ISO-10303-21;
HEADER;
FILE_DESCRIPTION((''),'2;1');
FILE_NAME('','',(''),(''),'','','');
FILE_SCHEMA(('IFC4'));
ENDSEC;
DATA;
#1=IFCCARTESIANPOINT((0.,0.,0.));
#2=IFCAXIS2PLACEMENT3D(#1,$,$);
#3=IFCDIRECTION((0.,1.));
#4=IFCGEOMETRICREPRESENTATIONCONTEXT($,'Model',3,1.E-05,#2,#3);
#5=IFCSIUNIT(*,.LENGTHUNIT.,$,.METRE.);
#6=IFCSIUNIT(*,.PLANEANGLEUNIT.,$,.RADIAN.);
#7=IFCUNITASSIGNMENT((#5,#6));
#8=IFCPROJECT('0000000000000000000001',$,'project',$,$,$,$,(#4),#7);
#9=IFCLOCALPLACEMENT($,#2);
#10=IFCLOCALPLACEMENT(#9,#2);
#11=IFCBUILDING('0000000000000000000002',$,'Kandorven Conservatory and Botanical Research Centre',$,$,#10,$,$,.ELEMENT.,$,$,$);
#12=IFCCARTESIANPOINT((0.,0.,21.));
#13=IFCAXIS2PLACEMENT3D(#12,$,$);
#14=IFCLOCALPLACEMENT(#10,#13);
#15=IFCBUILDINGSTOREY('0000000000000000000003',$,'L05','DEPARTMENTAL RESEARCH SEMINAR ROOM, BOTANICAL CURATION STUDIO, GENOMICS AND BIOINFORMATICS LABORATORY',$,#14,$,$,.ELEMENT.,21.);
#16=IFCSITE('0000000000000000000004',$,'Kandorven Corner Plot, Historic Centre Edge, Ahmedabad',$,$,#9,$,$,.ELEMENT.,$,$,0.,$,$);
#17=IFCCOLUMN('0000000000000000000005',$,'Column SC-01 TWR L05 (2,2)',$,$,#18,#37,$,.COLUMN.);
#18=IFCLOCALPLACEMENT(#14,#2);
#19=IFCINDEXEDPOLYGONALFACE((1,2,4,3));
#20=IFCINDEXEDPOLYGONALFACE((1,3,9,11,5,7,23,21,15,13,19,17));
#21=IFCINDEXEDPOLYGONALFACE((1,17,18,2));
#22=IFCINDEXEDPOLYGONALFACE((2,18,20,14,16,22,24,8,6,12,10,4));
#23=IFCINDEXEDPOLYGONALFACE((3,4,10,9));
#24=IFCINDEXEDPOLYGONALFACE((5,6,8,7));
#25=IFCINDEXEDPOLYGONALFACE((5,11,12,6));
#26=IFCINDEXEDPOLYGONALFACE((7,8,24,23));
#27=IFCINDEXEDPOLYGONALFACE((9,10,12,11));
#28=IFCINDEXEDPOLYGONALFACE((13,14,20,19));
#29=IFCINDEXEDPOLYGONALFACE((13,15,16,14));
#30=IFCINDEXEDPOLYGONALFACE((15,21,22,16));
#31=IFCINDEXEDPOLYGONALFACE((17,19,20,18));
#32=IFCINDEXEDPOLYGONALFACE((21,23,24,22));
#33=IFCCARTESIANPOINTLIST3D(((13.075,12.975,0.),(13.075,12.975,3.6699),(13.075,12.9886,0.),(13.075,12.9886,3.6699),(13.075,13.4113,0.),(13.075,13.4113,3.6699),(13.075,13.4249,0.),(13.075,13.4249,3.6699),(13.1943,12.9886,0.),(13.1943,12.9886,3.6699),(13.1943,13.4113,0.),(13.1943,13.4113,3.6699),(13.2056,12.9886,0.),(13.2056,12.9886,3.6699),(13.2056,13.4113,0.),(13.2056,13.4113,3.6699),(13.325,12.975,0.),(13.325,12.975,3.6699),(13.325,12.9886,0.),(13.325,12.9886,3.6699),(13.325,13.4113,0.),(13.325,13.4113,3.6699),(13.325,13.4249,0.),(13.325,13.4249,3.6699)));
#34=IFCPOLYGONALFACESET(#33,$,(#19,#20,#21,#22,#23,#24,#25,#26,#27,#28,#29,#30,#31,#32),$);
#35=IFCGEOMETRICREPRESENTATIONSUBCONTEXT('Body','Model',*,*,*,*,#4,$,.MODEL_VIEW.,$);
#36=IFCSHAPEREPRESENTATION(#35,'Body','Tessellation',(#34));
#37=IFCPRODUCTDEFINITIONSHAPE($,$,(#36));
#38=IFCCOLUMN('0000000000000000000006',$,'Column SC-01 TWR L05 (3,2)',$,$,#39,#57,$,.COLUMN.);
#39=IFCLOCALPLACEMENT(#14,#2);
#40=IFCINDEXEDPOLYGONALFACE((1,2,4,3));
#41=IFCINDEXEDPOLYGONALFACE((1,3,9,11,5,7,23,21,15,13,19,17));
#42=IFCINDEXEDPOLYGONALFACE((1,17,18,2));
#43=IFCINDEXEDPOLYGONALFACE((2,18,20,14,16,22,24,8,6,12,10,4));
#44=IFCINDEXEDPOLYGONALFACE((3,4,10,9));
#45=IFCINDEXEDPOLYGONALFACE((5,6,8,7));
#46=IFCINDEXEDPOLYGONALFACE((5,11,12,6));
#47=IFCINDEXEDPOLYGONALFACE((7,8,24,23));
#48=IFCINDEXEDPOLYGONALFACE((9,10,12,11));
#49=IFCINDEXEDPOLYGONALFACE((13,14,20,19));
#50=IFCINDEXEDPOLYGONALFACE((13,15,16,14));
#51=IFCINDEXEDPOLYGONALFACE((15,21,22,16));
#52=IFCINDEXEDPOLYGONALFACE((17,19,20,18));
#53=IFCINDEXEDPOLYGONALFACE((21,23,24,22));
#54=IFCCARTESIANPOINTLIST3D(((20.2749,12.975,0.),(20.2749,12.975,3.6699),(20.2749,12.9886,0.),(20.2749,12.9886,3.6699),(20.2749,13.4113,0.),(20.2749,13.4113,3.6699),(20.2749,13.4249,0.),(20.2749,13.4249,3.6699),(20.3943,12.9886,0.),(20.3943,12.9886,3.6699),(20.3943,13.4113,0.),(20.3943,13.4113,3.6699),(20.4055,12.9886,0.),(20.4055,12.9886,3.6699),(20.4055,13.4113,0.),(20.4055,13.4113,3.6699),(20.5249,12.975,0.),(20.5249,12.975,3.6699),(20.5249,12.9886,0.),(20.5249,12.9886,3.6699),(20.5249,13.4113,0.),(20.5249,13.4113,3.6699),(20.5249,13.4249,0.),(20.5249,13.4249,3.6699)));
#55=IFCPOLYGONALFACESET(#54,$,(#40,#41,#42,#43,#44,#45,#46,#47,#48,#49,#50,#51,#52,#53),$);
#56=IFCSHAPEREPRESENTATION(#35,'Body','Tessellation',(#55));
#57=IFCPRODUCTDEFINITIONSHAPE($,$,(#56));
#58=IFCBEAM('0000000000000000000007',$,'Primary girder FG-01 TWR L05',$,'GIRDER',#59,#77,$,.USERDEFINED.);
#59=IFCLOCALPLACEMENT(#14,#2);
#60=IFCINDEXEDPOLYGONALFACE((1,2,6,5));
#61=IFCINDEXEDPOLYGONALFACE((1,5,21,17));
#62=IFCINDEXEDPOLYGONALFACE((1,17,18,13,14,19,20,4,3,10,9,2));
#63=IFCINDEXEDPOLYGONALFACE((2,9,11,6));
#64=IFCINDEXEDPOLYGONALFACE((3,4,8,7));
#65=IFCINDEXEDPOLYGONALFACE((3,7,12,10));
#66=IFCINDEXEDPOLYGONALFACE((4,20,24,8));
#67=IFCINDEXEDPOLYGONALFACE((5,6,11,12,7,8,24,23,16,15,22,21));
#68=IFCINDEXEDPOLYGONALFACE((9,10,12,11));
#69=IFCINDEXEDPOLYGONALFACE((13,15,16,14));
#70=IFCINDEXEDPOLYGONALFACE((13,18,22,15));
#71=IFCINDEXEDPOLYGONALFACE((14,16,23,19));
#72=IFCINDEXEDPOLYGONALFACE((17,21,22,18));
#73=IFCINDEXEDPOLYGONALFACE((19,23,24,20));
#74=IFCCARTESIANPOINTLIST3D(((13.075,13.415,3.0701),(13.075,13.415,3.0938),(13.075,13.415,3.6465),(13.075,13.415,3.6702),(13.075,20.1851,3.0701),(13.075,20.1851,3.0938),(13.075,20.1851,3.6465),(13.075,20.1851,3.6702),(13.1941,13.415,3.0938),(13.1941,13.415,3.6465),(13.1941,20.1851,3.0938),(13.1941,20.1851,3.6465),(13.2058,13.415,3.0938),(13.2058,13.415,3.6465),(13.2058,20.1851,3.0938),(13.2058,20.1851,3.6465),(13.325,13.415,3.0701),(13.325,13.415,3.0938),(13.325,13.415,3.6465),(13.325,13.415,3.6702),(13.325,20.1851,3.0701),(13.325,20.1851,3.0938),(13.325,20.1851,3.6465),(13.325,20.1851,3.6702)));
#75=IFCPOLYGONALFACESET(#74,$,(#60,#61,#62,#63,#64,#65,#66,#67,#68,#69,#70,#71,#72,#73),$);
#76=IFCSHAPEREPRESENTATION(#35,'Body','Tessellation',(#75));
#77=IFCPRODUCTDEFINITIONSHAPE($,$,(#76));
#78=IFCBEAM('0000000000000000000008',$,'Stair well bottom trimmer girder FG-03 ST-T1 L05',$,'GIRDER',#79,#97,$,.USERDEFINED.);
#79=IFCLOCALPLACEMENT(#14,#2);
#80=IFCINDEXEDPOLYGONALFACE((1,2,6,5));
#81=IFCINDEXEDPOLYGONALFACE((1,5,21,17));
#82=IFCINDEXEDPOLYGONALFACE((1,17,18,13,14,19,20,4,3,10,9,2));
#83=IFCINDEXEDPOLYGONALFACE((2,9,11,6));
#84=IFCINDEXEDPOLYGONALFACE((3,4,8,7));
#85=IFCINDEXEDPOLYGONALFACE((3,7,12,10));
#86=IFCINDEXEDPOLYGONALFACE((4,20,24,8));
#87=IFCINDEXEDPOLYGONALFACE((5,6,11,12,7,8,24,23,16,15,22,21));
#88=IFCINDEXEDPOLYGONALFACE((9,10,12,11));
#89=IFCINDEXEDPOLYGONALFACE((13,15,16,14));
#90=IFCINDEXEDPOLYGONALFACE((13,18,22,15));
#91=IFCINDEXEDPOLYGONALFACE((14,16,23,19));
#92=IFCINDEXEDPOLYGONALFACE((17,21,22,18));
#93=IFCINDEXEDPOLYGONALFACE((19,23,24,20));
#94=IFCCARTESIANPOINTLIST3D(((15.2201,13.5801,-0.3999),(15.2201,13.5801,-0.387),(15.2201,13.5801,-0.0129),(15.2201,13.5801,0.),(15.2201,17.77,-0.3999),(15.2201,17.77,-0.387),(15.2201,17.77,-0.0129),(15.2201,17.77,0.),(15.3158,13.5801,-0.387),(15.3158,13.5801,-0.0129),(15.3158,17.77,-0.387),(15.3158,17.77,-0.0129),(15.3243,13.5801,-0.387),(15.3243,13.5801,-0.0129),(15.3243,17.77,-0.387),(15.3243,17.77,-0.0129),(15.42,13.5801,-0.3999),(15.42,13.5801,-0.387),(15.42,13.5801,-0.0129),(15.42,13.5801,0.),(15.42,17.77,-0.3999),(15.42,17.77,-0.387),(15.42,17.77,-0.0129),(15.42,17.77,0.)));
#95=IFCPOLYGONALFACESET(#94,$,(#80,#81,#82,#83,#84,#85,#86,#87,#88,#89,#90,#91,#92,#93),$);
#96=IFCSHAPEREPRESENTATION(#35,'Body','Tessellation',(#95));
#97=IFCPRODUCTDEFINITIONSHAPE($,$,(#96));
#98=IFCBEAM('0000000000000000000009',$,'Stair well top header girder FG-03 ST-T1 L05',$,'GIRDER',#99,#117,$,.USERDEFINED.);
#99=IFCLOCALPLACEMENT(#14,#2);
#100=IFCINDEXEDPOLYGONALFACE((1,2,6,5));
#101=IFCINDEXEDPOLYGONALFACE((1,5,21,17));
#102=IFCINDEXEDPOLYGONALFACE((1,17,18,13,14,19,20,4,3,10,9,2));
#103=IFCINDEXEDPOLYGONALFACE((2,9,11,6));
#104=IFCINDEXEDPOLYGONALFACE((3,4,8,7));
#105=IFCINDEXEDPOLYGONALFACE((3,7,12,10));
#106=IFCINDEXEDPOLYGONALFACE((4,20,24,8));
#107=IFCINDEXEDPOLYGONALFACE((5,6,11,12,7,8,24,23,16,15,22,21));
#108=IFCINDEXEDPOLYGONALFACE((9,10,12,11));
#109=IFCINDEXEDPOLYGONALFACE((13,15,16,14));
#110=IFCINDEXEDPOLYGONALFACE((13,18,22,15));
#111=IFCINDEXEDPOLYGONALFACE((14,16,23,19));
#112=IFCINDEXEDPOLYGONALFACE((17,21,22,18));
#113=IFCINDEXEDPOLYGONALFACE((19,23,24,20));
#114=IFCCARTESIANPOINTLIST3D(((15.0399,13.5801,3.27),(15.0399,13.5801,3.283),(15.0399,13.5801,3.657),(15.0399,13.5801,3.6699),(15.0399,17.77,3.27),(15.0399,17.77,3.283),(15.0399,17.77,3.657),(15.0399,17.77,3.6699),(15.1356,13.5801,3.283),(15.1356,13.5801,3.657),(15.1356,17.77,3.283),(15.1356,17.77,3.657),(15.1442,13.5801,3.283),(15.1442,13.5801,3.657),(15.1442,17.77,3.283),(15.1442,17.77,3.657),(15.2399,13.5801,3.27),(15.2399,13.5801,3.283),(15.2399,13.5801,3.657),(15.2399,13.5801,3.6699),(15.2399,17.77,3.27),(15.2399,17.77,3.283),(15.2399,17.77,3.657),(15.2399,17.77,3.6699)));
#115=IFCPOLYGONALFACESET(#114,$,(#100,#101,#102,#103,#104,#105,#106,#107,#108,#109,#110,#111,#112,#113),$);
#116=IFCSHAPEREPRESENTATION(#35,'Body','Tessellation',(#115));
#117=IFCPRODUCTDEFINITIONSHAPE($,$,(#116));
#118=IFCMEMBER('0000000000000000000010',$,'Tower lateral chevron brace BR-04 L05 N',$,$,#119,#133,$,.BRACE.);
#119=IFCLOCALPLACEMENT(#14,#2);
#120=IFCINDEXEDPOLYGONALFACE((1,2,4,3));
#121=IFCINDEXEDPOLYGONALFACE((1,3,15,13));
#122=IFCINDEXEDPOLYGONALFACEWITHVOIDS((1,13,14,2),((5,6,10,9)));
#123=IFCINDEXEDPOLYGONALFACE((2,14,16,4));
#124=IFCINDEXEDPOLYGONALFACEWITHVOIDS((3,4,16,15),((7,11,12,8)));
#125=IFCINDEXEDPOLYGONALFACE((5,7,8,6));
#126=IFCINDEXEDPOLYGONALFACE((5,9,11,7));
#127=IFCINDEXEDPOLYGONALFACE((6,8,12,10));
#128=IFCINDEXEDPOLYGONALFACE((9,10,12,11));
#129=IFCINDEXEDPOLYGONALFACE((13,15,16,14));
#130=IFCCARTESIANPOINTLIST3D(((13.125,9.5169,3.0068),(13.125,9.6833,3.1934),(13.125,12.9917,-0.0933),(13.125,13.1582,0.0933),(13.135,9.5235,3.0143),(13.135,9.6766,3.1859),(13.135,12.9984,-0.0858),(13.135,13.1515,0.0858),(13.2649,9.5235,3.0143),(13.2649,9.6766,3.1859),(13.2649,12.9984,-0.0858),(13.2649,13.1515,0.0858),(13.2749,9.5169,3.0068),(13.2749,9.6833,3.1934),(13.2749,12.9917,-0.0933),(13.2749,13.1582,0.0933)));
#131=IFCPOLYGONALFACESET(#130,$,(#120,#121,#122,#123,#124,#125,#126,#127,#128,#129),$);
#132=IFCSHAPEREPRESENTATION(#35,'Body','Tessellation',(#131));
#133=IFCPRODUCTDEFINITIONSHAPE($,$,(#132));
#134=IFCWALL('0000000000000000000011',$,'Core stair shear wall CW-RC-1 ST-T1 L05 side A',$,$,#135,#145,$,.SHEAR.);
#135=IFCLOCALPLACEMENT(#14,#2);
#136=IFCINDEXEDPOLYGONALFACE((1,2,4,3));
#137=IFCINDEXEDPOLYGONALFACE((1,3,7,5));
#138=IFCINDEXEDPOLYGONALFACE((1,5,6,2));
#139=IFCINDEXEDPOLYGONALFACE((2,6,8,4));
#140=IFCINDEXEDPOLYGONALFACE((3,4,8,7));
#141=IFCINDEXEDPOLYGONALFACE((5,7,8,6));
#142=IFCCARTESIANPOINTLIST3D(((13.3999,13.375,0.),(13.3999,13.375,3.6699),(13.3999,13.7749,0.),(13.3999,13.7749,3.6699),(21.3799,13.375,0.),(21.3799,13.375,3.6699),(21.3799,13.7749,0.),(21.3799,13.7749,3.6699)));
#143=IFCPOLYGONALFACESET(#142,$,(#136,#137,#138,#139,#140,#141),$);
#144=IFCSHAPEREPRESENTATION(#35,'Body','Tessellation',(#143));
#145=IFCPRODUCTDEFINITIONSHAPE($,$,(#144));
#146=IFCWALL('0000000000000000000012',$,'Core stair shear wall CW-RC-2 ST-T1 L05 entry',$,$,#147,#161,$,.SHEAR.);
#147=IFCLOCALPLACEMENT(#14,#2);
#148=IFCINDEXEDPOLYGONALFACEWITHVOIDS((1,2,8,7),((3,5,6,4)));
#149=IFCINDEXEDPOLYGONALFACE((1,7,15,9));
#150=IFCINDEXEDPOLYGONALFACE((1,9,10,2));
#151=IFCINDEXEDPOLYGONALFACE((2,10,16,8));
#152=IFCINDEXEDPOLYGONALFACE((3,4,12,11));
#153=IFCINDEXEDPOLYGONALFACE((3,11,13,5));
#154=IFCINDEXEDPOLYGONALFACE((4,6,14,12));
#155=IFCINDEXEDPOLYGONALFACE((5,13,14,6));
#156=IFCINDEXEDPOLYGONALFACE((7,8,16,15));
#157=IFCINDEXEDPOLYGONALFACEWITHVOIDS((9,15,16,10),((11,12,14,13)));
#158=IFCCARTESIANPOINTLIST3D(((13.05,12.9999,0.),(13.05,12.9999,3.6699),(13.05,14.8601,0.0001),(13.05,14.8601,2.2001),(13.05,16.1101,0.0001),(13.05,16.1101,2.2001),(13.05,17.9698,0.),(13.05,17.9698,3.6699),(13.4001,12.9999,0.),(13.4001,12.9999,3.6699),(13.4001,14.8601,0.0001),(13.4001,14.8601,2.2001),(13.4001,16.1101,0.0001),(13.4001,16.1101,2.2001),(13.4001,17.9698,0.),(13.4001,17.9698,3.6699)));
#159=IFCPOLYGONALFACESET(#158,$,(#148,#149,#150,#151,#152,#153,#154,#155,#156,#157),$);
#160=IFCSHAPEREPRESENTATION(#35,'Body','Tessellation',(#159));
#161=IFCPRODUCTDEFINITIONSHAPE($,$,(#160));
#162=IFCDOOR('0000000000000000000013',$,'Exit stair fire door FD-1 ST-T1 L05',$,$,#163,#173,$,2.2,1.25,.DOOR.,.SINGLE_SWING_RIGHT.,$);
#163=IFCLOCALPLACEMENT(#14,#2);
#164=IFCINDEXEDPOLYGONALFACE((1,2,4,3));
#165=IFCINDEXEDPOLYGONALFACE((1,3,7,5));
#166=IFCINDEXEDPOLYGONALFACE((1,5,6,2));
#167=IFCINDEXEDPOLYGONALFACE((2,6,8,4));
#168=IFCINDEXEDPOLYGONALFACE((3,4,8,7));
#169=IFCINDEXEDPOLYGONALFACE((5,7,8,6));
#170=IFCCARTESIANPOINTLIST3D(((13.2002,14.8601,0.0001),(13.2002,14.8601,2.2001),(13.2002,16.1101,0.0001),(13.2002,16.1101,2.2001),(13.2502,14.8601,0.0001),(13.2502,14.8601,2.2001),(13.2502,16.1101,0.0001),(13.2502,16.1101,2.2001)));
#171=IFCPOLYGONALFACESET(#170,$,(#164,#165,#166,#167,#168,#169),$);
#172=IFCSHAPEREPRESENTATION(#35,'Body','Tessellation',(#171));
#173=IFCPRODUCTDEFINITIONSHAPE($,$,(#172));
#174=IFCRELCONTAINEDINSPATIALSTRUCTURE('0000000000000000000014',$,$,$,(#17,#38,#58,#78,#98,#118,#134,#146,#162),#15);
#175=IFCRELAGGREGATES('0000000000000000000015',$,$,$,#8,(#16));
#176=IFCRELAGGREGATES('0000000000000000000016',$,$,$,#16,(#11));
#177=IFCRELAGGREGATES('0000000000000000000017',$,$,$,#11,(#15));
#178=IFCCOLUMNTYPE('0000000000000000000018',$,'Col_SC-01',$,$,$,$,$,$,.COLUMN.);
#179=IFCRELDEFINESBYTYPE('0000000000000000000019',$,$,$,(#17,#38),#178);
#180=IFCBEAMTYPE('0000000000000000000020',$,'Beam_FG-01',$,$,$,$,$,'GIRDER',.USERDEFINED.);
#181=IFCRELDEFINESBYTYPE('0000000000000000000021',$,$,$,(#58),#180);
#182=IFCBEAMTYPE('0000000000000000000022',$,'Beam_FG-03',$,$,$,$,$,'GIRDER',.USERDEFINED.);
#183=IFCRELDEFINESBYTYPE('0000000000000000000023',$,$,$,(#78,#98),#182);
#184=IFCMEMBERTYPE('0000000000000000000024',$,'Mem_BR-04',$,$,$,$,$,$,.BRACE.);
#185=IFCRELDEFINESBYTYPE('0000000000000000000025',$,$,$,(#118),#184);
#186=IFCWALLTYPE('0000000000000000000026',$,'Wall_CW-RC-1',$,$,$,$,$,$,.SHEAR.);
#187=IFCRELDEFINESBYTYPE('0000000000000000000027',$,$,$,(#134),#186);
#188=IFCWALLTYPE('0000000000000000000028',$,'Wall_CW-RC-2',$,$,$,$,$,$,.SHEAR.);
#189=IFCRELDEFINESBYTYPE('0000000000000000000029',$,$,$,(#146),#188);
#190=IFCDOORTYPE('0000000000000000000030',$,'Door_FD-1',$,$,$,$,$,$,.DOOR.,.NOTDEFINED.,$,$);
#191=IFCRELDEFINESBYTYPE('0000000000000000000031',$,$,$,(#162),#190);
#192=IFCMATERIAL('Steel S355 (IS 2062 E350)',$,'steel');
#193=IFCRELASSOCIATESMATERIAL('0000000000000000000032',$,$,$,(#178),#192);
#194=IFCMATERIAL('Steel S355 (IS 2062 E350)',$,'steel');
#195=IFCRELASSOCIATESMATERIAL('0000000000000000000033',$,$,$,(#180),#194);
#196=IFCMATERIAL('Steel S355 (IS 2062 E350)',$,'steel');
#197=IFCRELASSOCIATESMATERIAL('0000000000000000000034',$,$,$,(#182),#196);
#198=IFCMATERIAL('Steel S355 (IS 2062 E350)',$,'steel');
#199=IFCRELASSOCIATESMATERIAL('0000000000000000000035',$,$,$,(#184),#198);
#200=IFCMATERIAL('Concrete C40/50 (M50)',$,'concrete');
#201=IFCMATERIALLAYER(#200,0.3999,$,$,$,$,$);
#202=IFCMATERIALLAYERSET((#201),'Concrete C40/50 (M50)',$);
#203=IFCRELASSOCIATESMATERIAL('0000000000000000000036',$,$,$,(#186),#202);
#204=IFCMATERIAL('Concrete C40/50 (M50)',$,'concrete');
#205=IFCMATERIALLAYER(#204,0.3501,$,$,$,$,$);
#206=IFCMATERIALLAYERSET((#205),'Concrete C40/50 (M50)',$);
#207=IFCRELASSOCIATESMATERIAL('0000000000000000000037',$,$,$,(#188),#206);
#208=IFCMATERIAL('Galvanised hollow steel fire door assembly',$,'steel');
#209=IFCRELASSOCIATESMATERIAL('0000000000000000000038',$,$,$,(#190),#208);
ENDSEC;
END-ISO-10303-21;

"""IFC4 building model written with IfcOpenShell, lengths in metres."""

from ifc_helpers import new_model, si_unit, direction, frame, frame_2d, origin, origin_2d, place, context, subcontext, project, spatial, rectangle, hollow_rectangle, i_section, extrude, material, layer, layer_set, material_profile, profile_set, type_object, element, fill, save


model = new_model("IFC4")

# Units and contexts
model_context = context("Model", 3, precision=1e-05, world=origin(), true_north=direction((0.0, 1.0)))
body_context = subcontext(model_context, "Body", "Model", "MODEL_VIEW")
ifc_project = project(units=[si_unit("LENGTHUNIT", "METRE"), si_unit("PLANEANGLEUNIT", "RADIAN")], contexts=[model_context])

# Site, building, storey
site_placement = place(None, origin())
site = spatial("IfcSite", under=ifc_project, at=site_placement, Name="Kandorven Corner Plot, Historic Centre Edge, Ahmedabad", CompositionType="ELEMENT", RefElevation=0.0)
building_placement = place(site_placement, origin())
building = spatial("IfcBuilding", under=site, at=building_placement, Name="Kandorven Conservatory and Botanical Research Centre", CompositionType="ELEMENT")
storey_placement = place(building_placement, frame((0.0, 0.0, 21.0)))
storey = spatial("IfcBuildingStorey", under=building, at=storey_placement, Name="L05", Description="DEPARTMENTAL RESEARCH SEMINAR ROOM, BOTANICAL CURATION STUDIO, GENOMICS AND BIOINFORMATICS LABORATORY", CompositionType="ELEMENT", Elevation=21.0)

# Columns
ifc_material_1 = material(Name="Steel S355 (IS 2062 E350)", Category="steel")
ifc_material_profile_1 = material_profile(ifc_material_1, i_section(OverallWidth=0.25, OverallDepth=0.45, WebThickness=0.0112, FlangeThickness=0.0137, at=origin_2d()))
ifc_profile_set_1 = profile_set([ifc_material_profile_1], Name="Steel S355 (IS 2062 E350)")
column_type = type_object("IfcColumnType", Name="Col_SC-01", PredefinedType="COLUMN", material=ifc_profile_set_1)
for number, where, z_axis, x_axis, name in (
    (1, (13.2, 13.2, 0.0), (0.0, 0.0, 1.0), (1.0, 0.0, 0.0), "Column SC-01 TWR L05 (2,2)"),
    (2, (20.3999, 13.2, 0.0), (0.0, 0.0, 1.0), (1.0, 0.0, 0.0), "Column SC-01 TWR L05 (3,2)"),
):
    element("IfcColumn", number, at=place(storey_placement, frame(where, z_axis=z_axis, x_axis=x_axis)), inside=storey, type_object=column_type, Name=name, PredefinedType="COLUMN", context=body_context, shape_type="SweptSolid", body=[
        extrude(i_section(OverallWidth=0.25, OverallDepth=0.45, WebThickness=0.0112, FlangeThickness=0.0137, at=origin_2d()), origin(), (0.0, 0.0, 1.0), 3.6699),
    ])

# Beams
ifc_material_2 = material(Name="Steel S355 (IS 2062 E350)", Category="steel")
ifc_material_profile_2 = material_profile(ifc_material_2, i_section(OverallWidth=0.25, OverallDepth=0.6001, WebThickness=0.0117, FlangeThickness=0.0237, at=origin_2d()))
ifc_profile_set_2 = profile_set([ifc_material_profile_2], Name="Steel S355 (IS 2062 E350)")
beam_type_1 = type_object("IfcBeamType", Name="Beam_FG-01", ElementType="GIRDER", PredefinedType="USERDEFINED", material=ifc_profile_set_2)
beam_placement = place(storey_placement, frame((13.2, 13.415, 3.3701), z_axis=(0.0, 1.0, 0.0), x_axis=(-1.0, 0.0, 0.0)))
element("IfcBeam", 3, at=beam_placement, inside=storey, type_object=beam_type_1, Name="Primary girder FG-01 TWR L05", ObjectType="GIRDER", PredefinedType="USERDEFINED", context=body_context, shape_type="SweptSolid", body=[
    extrude(i_section(OverallWidth=0.25, OverallDepth=0.6001, WebThickness=0.0117, FlangeThickness=0.0237, at=origin_2d()), origin(), (0.0, 0.0, 1.0), 6.77),
])
ifc_material_3 = material(Name="Steel S355 (IS 2062 E350)", Category="steel")
ifc_material_profile_3 = material_profile(ifc_material_3, i_section(OverallWidth=0.2, OverallDepth=0.3999, WebThickness=0.0085, FlangeThickness=0.0129, at=origin_2d()))
ifc_profile_set_3 = profile_set([ifc_material_profile_3], Name="Steel S355 (IS 2062 E350)")
beam_type_2 = type_object("IfcBeamType", Name="Beam_FG-03", ElementType="GIRDER", PredefinedType="USERDEFINED", material=ifc_profile_set_3)
for number, where, z_axis, x_axis, name in (
    (4, (15.3201, 13.5801, -0.2), (0.0, 1.0, 0.0), (-1.0, 0.0, 0.0), "Stair well bottom trimmer girder FG-03 ST-T1 L05"),
    (5, (15.1399, 13.5801, 3.47), (0.0, 1.0, 0.0), (-1.0, 0.0, 0.0), "Stair well top header girder FG-03 ST-T1 L05"),
):
    element("IfcBeam", number, at=place(storey_placement, frame(where, z_axis=z_axis, x_axis=x_axis)), inside=storey, type_object=beam_type_2, Name=name, ObjectType="GIRDER", PredefinedType="USERDEFINED", context=body_context, shape_type="SweptSolid", body=[
        extrude(i_section(OverallWidth=0.2, OverallDepth=0.3999, WebThickness=0.0085, FlangeThickness=0.0129, at=origin_2d()), origin(), (0.0, 0.0, 1.0), 4.1899),
    ])

# Member
ifc_material_4 = material(Name="Steel S355 (IS 2062 E350)", Category="steel")
ifc_material_profile_4 = material_profile(ifc_material_4, hollow_rectangle(XDim=0.1499, YDim=0.25, WallThickness=0.01, at=origin_2d()))
ifc_profile_set_4 = profile_set([ifc_material_profile_4], Name="Steel S355 (IS 2062 E350)")
member_type = type_object("IfcMemberType", Name="Mem_BR-04", PredefinedType="BRACE", material=ifc_profile_set_4)
member_placement = place(storey_placement, frame((13.2, 13.075, 0.0), z_axis=(0.0, -0.746199, 0.665723), x_axis=(1.0, 0.0, 0.0)))
element("IfcMember", 6, at=member_placement, inside=storey, type_object=member_type, Name="Tower lateral chevron brace BR-04 L05 N", PredefinedType="BRACE", context=body_context, shape_type="SweptSolid", body=[
    extrude(hollow_rectangle(XDim=0.1499, YDim=0.25, WallThickness=0.01, at=origin_2d()), origin(), (0.0, 0.0, 1.0), 4.6567),
])

# Wall
ifc_material_5 = material(Name="Concrete C40/50 (M50)", Category="concrete")
ifc_layer_1 = layer(ifc_material_5, 0.3999)
ifc_layer_set_1 = layer_set([ifc_layer_1], Name="Concrete C40/50 (M50)")
wall_type_1 = type_object("IfcWallType", Name="Wall_CW-RC-1", PredefinedType="SHEAR", material=ifc_layer_set_1)
wall_1_placement = place(storey_placement, frame((13.3999, 13.575, 0.0), z_axis=(0.0, 0.0, 1.0), x_axis=(1.0, 0.0, 0.0)))
element("IfcWall", 7, at=wall_1_placement, inside=storey, type_object=wall_type_1, Name="Core stair shear wall CW-RC-1 ST-T1 L05 side A", PredefinedType="SHEAR", context=body_context, shape_type="SweptSolid", body=[
    extrude(rectangle(XDim=7.98, YDim=0.3999, at=frame_2d((3.99, 0.0))), origin(), (0.0, 0.0, 1.0), 3.6699),
])

# Wall, opening, door
ifc_material_6 = material(Name="Concrete C40/50 (M50)", Category="concrete")
ifc_layer_2 = layer(ifc_material_6, 0.3501)
ifc_layer_set_2 = layer_set([ifc_layer_2], Name="Concrete C40/50 (M50)")
wall_type_2 = type_object("IfcWallType", Name="Wall_CW-RC-2", PredefinedType="SHEAR", material=ifc_layer_set_2)
wall_2_placement = place(storey_placement, frame((13.2251, 13.0, 0.0), z_axis=(0.0, 0.0, 1.0), x_axis=(0.0, 1.0, 0.0)))
wall_2 = element("IfcWall", 8, at=wall_2_placement, inside=storey, type_object=wall_type_2, Name="Core stair shear wall CW-RC-2 ST-T1 L05 entry", PredefinedType="SHEAR", context=body_context, shape_type="SweptSolid", body=[
    extrude(rectangle(XDim=4.97, YDim=0.3501, at=frame_2d((2.4849, 0.0))), origin(), (0.0, 0.0, 1.0), 3.6699),
])
opening_placement = place(wall_2_placement, frame((1.8601, 0.0, 0.0)))
opening = element("IfcOpeningElement", 9, at=opening_placement, cuts=wall_2, PredefinedType="OPENING", context=body_context, shape_type="SweptSolid", body=[
    extrude(rectangle(XDim=1.25, YDim=2.2, at=frame_2d((0.625, 1.1001))), frame((0.0, 0.1851, 0.0), z_axis=(0.0, -1.0, 0.0), x_axis=(1.0, 0.0, 0.0)), (0.0, 0.0, 1.0), 0.3701),
])
ifc_material_7 = material(Name="Galvanised hollow steel fire door assembly", Category="steel")
door_type = type_object("IfcDoorType", Name="Door_FD-1", OperationType="NOTDEFINED", PredefinedType="DOOR", material=ifc_material_7)
door_placement = place(opening_placement, origin())
door = element("IfcDoor", 10, at=door_placement, inside=storey, type_object=door_type, Name="Exit stair fire door FD-1 ST-T1 L05", OperationType="SINGLE_SWING_RIGHT", OverallHeight=2.2, OverallWidth=1.25, PredefinedType="DOOR", context=body_context, shape_type="SweptSolid", body=[
    extrude(rectangle(XDim=1.25, YDim=2.2, at=frame_2d((0.625, 1.1001))), frame((0.0, 0.0249, 0.0), z_axis=(0.0, -1.0, 0.0), x_axis=(1.0, 0.0, 0.0)), (0.0, 0.0, 1.0), 0.05),
])
fill(opening, door)

save(model, "model.ifc")
